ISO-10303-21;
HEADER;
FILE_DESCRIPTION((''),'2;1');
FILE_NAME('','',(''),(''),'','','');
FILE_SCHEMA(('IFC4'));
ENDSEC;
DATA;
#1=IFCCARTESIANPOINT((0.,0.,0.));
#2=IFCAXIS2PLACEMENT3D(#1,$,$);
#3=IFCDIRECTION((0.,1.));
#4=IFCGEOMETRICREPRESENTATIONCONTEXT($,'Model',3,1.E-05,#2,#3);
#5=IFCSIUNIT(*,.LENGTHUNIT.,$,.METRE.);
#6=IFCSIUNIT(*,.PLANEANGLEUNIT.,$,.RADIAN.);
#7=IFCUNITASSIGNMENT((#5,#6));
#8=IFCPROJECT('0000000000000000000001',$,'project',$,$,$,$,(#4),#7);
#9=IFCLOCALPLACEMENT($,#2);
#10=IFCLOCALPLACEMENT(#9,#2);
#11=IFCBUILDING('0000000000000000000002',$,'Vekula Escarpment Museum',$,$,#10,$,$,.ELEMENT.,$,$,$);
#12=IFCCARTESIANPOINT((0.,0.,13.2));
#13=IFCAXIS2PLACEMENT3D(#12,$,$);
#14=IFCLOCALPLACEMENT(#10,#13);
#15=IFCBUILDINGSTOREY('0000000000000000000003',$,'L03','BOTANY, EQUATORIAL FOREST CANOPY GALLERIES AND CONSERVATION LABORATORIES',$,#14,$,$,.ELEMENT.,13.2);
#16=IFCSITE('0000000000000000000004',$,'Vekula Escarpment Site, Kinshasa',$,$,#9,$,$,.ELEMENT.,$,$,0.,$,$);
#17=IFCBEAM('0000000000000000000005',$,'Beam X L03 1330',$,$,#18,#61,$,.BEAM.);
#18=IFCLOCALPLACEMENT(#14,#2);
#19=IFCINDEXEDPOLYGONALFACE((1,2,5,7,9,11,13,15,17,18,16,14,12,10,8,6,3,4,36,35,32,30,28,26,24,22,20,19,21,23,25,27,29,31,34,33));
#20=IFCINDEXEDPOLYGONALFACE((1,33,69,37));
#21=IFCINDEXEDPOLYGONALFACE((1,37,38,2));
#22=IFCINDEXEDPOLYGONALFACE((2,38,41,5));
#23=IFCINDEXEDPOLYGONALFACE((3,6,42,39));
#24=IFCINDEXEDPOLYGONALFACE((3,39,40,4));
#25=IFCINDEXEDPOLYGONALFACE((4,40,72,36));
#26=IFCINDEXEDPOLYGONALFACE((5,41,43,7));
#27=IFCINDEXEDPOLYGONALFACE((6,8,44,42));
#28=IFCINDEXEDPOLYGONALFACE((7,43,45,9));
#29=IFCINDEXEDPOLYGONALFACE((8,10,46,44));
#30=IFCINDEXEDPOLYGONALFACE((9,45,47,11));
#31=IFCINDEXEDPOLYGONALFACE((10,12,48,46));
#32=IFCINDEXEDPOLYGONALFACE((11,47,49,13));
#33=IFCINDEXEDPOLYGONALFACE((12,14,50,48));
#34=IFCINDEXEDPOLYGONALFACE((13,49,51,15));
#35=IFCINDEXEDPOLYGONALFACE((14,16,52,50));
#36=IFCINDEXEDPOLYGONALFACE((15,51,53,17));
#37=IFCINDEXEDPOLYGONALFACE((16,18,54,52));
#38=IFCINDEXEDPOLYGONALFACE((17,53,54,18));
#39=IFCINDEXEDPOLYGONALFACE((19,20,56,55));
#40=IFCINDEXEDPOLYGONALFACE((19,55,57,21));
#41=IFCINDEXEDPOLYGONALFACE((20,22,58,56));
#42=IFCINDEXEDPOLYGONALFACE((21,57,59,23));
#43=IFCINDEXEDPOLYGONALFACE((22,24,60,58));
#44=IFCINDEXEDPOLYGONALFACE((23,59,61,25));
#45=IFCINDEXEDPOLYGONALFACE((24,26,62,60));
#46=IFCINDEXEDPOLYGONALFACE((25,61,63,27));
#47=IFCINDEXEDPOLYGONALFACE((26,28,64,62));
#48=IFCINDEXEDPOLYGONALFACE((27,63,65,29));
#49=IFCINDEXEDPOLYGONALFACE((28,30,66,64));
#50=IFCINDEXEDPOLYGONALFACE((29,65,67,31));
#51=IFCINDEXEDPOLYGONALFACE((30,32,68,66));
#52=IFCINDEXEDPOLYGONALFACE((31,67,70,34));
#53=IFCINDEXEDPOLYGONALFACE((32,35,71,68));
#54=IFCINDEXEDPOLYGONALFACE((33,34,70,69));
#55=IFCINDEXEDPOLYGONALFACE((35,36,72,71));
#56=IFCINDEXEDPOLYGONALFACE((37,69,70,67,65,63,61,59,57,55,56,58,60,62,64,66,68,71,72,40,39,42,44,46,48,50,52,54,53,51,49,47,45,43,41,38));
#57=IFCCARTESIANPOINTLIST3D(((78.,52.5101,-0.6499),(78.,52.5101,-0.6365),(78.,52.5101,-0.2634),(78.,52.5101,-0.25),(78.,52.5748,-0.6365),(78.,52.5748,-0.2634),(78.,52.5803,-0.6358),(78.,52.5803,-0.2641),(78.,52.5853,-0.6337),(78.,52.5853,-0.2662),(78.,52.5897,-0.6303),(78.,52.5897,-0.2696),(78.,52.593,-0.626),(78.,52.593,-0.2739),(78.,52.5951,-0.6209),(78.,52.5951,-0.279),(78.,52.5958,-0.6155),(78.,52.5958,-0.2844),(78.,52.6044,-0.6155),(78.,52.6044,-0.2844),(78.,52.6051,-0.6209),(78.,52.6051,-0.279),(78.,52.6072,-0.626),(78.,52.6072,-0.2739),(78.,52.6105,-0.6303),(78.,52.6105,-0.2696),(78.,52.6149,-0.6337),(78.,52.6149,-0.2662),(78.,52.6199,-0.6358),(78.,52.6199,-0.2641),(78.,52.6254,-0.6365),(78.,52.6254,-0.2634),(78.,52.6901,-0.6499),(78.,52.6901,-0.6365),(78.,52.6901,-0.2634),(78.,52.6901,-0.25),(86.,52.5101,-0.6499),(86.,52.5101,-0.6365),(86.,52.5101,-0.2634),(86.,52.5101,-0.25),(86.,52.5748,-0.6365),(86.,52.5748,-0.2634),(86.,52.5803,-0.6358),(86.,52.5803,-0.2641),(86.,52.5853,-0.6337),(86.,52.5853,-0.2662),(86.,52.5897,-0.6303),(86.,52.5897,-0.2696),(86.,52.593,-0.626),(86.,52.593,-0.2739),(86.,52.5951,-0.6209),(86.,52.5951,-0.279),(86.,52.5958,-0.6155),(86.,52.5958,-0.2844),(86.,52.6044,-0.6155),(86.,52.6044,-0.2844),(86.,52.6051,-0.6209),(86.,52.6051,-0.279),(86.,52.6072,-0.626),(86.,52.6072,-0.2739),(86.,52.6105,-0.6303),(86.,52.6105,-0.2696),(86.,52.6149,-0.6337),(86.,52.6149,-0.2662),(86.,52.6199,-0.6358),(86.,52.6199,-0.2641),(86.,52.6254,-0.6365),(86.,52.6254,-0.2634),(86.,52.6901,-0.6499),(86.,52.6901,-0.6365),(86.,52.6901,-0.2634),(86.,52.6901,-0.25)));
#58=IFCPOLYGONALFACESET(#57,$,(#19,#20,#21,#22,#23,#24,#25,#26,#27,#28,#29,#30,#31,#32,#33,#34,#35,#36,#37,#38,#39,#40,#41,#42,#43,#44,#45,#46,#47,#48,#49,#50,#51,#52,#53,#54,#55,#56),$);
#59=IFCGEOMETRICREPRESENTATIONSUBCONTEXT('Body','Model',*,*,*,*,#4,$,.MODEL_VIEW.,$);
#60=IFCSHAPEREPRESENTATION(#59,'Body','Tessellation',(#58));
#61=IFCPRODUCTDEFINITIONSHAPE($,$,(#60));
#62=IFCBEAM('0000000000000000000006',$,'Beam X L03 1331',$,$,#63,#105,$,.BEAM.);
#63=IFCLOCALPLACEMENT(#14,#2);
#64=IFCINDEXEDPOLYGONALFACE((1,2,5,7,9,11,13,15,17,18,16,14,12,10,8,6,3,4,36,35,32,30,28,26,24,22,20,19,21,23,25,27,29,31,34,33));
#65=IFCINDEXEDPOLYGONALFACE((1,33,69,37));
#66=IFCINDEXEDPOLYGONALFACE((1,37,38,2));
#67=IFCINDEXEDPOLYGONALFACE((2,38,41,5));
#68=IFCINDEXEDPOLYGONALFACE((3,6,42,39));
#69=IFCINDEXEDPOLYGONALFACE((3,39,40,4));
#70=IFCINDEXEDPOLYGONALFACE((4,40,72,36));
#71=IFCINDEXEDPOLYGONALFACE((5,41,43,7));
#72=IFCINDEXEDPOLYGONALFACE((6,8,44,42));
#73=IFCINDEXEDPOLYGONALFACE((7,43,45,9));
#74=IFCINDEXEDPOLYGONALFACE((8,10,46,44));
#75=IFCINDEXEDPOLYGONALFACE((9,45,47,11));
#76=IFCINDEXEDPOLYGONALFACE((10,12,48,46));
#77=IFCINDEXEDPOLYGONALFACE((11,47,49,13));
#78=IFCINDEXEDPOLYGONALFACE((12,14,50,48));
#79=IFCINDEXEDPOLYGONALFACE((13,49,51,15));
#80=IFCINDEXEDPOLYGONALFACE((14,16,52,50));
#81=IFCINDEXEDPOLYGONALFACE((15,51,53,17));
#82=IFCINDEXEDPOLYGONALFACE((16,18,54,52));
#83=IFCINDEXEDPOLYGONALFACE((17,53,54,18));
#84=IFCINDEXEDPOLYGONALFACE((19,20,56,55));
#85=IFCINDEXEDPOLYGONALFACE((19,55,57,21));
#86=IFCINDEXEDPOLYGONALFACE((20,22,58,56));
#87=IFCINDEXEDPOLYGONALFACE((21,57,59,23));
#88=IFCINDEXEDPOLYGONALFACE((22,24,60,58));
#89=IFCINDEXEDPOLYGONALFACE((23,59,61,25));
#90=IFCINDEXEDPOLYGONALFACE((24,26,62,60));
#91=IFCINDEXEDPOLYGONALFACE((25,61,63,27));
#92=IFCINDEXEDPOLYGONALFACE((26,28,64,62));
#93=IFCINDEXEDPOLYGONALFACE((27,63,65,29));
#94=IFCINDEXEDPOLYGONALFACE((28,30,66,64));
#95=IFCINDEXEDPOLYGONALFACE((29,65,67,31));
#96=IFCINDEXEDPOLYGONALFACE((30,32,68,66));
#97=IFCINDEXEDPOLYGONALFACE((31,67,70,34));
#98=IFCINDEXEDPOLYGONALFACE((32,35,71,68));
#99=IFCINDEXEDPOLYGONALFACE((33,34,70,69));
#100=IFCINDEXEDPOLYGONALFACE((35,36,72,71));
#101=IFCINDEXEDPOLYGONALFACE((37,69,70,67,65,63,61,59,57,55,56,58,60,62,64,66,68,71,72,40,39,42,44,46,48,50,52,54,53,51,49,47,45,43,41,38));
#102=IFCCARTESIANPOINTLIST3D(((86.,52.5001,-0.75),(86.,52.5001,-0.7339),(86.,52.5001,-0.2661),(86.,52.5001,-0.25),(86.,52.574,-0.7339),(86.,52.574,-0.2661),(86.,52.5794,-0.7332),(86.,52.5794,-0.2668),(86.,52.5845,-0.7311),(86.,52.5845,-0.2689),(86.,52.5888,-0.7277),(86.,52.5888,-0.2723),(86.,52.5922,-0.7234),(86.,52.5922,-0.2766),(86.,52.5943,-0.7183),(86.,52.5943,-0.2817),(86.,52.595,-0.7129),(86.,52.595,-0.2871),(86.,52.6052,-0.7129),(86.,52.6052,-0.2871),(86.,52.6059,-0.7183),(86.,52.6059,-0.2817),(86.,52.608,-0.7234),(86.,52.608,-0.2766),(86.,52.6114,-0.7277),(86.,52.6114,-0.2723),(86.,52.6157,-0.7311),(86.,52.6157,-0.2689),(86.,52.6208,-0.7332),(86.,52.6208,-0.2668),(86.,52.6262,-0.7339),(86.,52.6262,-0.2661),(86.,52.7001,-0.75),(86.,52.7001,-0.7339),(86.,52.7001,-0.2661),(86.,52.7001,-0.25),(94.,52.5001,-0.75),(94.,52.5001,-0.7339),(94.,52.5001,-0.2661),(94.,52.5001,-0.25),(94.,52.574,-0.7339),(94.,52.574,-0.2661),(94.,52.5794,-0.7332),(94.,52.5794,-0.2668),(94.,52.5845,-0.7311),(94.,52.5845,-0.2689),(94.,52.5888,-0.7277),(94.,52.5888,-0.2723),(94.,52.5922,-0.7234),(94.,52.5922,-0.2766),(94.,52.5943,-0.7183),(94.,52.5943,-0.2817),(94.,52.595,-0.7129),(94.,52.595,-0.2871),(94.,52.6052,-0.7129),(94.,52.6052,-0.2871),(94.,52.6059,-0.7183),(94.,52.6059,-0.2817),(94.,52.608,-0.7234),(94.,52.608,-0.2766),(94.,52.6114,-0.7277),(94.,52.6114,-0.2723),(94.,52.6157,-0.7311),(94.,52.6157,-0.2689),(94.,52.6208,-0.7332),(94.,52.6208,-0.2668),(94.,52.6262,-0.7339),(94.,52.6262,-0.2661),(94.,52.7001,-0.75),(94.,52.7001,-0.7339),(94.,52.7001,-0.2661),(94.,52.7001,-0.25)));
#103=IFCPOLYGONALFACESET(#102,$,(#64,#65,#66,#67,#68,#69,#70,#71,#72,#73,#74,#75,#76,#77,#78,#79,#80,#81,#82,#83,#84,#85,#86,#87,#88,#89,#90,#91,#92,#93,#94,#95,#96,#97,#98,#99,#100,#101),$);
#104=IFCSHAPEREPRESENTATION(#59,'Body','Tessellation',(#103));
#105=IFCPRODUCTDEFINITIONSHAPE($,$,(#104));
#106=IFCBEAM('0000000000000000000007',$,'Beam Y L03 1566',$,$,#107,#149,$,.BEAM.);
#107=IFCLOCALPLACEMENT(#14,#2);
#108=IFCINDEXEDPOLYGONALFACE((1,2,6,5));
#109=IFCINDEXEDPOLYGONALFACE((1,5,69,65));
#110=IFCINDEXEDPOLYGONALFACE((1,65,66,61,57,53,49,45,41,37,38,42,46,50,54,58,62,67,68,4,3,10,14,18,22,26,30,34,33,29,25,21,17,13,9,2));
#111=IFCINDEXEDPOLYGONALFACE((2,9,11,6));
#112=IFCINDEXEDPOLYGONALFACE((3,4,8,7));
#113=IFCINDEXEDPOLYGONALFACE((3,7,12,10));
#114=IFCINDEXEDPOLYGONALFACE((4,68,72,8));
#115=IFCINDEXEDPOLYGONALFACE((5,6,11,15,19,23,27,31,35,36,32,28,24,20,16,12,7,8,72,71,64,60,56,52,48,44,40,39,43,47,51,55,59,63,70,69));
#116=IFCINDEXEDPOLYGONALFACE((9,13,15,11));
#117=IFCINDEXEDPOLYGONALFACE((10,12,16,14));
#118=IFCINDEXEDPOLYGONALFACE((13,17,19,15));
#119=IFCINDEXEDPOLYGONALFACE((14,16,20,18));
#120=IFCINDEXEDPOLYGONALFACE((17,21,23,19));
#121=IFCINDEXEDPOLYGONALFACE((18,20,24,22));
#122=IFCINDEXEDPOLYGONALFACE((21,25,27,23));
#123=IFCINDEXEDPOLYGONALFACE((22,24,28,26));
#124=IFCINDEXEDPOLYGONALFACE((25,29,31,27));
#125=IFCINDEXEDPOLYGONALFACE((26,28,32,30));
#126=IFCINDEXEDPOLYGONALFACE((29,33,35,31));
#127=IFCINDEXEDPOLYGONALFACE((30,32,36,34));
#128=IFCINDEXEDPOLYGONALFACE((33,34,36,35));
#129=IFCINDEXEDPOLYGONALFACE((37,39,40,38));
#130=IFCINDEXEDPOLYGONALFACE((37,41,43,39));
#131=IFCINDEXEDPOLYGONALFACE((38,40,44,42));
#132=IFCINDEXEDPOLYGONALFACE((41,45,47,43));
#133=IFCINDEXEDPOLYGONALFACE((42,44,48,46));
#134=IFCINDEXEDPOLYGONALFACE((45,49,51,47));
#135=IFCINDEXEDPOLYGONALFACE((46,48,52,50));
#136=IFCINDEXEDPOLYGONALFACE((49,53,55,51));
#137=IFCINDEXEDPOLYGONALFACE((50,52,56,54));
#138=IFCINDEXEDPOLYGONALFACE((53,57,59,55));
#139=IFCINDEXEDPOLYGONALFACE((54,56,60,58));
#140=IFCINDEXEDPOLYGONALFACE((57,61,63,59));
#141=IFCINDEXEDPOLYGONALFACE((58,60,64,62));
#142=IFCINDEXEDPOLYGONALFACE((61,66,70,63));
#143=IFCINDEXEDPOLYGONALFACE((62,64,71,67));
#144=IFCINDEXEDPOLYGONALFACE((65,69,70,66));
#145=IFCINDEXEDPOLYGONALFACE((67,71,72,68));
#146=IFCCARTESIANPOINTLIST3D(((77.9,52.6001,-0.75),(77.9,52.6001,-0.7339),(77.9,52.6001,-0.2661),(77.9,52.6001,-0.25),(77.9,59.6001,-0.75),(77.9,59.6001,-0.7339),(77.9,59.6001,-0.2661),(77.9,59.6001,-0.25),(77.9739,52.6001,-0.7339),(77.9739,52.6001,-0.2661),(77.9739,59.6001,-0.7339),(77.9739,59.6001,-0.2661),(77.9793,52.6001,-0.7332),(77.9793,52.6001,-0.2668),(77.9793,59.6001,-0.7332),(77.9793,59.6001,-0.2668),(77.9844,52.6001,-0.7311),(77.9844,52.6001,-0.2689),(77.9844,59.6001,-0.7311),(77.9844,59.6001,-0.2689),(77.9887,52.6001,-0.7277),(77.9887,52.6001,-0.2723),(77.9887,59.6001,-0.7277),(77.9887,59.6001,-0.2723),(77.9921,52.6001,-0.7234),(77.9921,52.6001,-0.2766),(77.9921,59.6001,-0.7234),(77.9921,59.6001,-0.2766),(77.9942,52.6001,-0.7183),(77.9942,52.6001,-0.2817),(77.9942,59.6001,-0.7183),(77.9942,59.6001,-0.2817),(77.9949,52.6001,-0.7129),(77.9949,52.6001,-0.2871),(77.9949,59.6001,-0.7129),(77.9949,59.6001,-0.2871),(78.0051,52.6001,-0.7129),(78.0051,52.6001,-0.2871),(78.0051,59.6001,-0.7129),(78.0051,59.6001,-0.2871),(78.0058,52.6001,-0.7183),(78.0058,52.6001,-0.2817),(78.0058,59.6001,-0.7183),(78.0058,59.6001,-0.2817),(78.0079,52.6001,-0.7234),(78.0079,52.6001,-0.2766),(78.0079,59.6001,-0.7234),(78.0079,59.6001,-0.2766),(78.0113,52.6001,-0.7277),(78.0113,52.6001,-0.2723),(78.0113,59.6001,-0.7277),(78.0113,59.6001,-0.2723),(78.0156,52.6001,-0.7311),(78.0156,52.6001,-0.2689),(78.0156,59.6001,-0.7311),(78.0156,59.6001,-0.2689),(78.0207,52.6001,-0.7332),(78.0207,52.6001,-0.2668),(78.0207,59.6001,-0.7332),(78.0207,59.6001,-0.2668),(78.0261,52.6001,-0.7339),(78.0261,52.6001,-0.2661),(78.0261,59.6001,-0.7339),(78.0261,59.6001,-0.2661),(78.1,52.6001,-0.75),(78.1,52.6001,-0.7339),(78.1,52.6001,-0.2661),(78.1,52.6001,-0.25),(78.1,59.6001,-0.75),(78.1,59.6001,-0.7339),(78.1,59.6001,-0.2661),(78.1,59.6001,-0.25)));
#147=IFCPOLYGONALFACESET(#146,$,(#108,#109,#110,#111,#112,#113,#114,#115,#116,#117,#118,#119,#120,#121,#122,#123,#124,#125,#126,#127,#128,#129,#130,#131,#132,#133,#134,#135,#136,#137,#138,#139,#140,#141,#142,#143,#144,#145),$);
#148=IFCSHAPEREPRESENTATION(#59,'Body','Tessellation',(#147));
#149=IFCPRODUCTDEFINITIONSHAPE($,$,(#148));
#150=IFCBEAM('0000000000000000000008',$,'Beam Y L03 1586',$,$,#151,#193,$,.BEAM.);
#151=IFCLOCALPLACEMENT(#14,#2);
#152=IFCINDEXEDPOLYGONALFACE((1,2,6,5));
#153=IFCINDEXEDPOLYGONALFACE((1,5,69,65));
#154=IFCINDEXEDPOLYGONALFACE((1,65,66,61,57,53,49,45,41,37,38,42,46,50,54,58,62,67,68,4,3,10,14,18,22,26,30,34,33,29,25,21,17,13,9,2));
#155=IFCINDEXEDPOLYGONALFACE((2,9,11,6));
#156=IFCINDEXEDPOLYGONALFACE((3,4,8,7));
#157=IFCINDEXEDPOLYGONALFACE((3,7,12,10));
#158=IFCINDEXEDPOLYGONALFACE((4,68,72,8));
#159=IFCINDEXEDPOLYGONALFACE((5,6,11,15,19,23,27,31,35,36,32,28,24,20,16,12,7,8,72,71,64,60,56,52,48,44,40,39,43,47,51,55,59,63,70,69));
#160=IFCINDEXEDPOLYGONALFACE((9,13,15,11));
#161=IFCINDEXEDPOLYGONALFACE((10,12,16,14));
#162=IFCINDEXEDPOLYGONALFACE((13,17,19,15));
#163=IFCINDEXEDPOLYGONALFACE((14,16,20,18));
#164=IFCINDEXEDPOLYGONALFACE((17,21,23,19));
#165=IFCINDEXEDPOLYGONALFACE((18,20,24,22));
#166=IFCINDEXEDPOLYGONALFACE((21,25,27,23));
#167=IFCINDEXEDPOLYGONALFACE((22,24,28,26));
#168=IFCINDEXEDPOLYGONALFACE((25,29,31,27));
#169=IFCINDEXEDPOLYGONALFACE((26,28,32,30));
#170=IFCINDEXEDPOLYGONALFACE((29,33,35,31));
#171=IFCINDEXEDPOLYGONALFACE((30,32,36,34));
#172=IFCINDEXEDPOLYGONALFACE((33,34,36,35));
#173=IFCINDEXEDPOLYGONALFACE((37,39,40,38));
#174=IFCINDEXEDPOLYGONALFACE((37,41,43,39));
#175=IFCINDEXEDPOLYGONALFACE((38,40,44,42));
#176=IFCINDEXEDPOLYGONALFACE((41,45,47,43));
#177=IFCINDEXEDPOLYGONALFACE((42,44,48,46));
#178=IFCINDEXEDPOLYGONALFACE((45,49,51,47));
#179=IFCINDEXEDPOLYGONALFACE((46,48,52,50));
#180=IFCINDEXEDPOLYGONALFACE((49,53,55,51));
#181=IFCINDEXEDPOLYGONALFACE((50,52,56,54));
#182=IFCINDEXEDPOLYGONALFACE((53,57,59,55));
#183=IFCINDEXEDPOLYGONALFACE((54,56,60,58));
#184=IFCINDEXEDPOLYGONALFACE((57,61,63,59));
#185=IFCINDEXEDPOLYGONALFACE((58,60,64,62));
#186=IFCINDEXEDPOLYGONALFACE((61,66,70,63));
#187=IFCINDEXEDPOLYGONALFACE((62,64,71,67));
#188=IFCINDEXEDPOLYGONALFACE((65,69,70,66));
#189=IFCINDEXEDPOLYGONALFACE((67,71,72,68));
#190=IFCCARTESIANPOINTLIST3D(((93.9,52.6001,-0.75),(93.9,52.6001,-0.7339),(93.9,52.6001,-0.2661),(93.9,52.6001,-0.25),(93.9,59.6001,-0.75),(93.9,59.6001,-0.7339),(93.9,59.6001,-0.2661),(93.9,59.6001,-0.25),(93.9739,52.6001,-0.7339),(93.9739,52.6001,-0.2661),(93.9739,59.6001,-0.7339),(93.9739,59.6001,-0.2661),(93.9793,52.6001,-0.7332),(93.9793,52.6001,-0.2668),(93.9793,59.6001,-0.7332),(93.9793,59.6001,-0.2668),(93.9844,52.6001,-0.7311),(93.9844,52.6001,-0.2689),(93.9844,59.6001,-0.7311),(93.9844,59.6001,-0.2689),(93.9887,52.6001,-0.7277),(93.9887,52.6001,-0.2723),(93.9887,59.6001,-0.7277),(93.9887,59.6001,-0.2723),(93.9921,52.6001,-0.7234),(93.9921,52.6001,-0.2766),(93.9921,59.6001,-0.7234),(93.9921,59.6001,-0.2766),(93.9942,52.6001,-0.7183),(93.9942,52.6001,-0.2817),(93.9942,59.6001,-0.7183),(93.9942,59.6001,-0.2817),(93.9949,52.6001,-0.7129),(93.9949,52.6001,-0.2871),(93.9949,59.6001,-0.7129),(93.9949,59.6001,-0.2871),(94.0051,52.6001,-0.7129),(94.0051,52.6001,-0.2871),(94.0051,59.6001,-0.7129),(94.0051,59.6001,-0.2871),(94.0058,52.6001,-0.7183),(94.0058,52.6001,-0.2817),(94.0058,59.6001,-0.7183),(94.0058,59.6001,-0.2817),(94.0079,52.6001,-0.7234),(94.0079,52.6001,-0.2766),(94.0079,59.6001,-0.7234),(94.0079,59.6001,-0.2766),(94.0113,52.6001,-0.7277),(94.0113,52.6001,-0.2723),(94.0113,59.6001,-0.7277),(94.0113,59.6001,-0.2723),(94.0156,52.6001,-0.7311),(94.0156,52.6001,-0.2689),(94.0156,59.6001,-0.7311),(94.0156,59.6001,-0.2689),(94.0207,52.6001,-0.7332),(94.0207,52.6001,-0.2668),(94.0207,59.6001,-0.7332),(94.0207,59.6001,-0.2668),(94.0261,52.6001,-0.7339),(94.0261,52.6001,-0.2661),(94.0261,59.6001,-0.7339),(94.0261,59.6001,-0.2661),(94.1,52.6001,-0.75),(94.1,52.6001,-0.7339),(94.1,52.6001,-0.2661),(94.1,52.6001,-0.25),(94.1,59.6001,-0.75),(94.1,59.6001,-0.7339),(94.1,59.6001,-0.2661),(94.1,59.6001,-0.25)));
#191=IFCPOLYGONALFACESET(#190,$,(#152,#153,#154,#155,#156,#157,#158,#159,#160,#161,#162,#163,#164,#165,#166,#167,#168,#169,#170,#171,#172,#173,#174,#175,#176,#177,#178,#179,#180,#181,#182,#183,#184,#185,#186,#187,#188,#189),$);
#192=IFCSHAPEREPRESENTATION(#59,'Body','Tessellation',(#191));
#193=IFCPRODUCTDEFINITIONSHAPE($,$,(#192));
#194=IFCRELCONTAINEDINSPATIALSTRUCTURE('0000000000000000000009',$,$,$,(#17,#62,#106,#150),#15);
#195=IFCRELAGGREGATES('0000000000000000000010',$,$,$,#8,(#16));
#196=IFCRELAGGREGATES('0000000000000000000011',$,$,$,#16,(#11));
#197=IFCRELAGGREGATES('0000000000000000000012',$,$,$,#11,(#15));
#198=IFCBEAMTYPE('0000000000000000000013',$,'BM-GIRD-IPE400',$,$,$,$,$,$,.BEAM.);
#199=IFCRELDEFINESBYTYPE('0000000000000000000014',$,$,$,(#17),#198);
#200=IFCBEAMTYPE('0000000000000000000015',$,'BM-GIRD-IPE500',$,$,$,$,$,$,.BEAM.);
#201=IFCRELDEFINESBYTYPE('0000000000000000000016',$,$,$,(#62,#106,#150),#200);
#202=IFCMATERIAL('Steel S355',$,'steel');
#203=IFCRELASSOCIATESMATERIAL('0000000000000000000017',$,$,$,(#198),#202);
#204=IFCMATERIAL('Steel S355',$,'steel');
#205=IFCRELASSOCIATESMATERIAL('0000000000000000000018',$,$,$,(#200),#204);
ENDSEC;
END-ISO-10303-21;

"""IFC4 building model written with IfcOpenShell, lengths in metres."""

from ifc_helpers import new_model, si_unit, direction, frame, origin, origin_2d, place, context, subcontext, project, spatial, i_section, extrude, material, material_profile, profile_set, type_object, element, save


model = new_model("IFC4")

# Units and contexts
model_context = context("Model", 3, precision=1e-05, world=origin(), true_north=direction((0.0, 1.0)))
body_context = subcontext(model_context, "Body", "Model", "MODEL_VIEW")
ifc_project = project(units=[si_unit("LENGTHUNIT", "METRE"), si_unit("PLANEANGLEUNIT", "RADIAN")], contexts=[model_context])

# Site, building, storey
site_placement = place(None, origin())
site = spatial("IfcSite", under=ifc_project, at=site_placement, Name="Vekula Escarpment Site, Kinshasa", CompositionType="ELEMENT", RefElevation=0.0)
building_placement = place(site_placement, origin())
building = spatial("IfcBuilding", under=site, at=building_placement, Name="Vekula Escarpment Museum", CompositionType="ELEMENT")
storey_placement = place(building_placement, frame((0.0, 0.0, 13.2)))
storey = spatial("IfcBuildingStorey", under=building, at=storey_placement, Name="L03", Description="BOTANY, EQUATORIAL FOREST CANOPY GALLERIES AND CONSERVATION LABORATORIES", CompositionType="ELEMENT", Elevation=13.2)

# Beams
ifc_material_1 = material(Name="Steel S355", Category="steel")
ifc_material_profile_1 = material_profile(ifc_material_1, i_section(OverallWidth=0.1799, OverallDepth=0.3999, WebThickness=0.0085, FlangeThickness=0.0134, FilletRadius=0.021, at=origin_2d()), Name="IPE 400")
ifc_profile_set_1 = profile_set([ifc_material_profile_1], Name="Steel S355")
beam_type_1 = type_object("IfcBeamType", Name="BM-GIRD-IPE400", PredefinedType="BEAM", material=ifc_profile_set_1)
beam_1_placement = place(storey_placement, frame((78.0, 52.6001, -0.45), z_axis=(1.0, 0.0, 0.0), x_axis=(0.0, 1.0, 0.0)))
element("IfcBeam", 1, at=beam_1_placement, inside=storey, type_object=beam_type_1, Name="Beam X L03 1330", PredefinedType="BEAM", context=body_context, shape_type="SweptSolid", body=[
    extrude(i_section(OverallWidth=0.1799, OverallDepth=0.3999, WebThickness=0.0085, FlangeThickness=0.0134, FilletRadius=0.021, at=origin_2d()), origin(), (0.0, 0.0, 1.0), 8.0),
])
ifc_material_2 = material(Name="Steel S355", Category="steel")
ifc_material_profile_2 = material_profile(ifc_material_2, i_section(OverallWidth=0.2, OverallDepth=0.5, WebThickness=0.0103, FlangeThickness=0.0161, FilletRadius=0.021, at=origin_2d()), Name="IPE 500")
ifc_profile_set_2 = profile_set([ifc_material_profile_2], Name="Steel S355")
beam_type_2 = type_object("IfcBeamType", Name="BM-GIRD-IPE500", PredefinedType="BEAM", material=ifc_profile_set_2)
beam_2_placement = place(storey_placement, frame((86.0, 52.6001, -0.5), z_axis=(1.0, 0.0, 0.0), x_axis=(0.0, 1.0, 0.0)))
element("IfcBeam", 2, at=beam_2_placement, inside=storey, type_object=beam_type_2, Name="Beam X L03 1331", PredefinedType="BEAM", context=body_context, shape_type="SweptSolid", body=[
    extrude(i_section(OverallWidth=0.2, OverallDepth=0.5, WebThickness=0.0103, FlangeThickness=0.0161, FilletRadius=0.021, at=origin_2d()), origin(), (0.0, 0.0, 1.0), 8.0),
])
for number, where, z_axis, x_axis, name in (
    (3, (78.0, 52.6001, -0.5), (0.0, 1.0, 0.0), (-1.0, 0.0, 0.0), "Beam Y L03 1566"),
    (4, (94.0, 52.6001, -0.5), (0.0, 1.0, 0.0), (-1.0, 0.0, 0.0), "Beam Y L03 1586"),
):
    element("IfcBeam", number, at=place(storey_placement, frame(where, z_axis=z_axis, x_axis=x_axis)), inside=storey, type_object=beam_type_2, Name=name, PredefinedType="BEAM", context=body_context, shape_type="SweptSolid", body=[
        extrude(i_section(OverallWidth=0.2, OverallDepth=0.5, WebThickness=0.0103, FlangeThickness=0.0161, FilletRadius=0.021, at=origin_2d()), origin(), (0.0, 0.0, 1.0), 7.0),
    ])

save(model, "model.ifc")
